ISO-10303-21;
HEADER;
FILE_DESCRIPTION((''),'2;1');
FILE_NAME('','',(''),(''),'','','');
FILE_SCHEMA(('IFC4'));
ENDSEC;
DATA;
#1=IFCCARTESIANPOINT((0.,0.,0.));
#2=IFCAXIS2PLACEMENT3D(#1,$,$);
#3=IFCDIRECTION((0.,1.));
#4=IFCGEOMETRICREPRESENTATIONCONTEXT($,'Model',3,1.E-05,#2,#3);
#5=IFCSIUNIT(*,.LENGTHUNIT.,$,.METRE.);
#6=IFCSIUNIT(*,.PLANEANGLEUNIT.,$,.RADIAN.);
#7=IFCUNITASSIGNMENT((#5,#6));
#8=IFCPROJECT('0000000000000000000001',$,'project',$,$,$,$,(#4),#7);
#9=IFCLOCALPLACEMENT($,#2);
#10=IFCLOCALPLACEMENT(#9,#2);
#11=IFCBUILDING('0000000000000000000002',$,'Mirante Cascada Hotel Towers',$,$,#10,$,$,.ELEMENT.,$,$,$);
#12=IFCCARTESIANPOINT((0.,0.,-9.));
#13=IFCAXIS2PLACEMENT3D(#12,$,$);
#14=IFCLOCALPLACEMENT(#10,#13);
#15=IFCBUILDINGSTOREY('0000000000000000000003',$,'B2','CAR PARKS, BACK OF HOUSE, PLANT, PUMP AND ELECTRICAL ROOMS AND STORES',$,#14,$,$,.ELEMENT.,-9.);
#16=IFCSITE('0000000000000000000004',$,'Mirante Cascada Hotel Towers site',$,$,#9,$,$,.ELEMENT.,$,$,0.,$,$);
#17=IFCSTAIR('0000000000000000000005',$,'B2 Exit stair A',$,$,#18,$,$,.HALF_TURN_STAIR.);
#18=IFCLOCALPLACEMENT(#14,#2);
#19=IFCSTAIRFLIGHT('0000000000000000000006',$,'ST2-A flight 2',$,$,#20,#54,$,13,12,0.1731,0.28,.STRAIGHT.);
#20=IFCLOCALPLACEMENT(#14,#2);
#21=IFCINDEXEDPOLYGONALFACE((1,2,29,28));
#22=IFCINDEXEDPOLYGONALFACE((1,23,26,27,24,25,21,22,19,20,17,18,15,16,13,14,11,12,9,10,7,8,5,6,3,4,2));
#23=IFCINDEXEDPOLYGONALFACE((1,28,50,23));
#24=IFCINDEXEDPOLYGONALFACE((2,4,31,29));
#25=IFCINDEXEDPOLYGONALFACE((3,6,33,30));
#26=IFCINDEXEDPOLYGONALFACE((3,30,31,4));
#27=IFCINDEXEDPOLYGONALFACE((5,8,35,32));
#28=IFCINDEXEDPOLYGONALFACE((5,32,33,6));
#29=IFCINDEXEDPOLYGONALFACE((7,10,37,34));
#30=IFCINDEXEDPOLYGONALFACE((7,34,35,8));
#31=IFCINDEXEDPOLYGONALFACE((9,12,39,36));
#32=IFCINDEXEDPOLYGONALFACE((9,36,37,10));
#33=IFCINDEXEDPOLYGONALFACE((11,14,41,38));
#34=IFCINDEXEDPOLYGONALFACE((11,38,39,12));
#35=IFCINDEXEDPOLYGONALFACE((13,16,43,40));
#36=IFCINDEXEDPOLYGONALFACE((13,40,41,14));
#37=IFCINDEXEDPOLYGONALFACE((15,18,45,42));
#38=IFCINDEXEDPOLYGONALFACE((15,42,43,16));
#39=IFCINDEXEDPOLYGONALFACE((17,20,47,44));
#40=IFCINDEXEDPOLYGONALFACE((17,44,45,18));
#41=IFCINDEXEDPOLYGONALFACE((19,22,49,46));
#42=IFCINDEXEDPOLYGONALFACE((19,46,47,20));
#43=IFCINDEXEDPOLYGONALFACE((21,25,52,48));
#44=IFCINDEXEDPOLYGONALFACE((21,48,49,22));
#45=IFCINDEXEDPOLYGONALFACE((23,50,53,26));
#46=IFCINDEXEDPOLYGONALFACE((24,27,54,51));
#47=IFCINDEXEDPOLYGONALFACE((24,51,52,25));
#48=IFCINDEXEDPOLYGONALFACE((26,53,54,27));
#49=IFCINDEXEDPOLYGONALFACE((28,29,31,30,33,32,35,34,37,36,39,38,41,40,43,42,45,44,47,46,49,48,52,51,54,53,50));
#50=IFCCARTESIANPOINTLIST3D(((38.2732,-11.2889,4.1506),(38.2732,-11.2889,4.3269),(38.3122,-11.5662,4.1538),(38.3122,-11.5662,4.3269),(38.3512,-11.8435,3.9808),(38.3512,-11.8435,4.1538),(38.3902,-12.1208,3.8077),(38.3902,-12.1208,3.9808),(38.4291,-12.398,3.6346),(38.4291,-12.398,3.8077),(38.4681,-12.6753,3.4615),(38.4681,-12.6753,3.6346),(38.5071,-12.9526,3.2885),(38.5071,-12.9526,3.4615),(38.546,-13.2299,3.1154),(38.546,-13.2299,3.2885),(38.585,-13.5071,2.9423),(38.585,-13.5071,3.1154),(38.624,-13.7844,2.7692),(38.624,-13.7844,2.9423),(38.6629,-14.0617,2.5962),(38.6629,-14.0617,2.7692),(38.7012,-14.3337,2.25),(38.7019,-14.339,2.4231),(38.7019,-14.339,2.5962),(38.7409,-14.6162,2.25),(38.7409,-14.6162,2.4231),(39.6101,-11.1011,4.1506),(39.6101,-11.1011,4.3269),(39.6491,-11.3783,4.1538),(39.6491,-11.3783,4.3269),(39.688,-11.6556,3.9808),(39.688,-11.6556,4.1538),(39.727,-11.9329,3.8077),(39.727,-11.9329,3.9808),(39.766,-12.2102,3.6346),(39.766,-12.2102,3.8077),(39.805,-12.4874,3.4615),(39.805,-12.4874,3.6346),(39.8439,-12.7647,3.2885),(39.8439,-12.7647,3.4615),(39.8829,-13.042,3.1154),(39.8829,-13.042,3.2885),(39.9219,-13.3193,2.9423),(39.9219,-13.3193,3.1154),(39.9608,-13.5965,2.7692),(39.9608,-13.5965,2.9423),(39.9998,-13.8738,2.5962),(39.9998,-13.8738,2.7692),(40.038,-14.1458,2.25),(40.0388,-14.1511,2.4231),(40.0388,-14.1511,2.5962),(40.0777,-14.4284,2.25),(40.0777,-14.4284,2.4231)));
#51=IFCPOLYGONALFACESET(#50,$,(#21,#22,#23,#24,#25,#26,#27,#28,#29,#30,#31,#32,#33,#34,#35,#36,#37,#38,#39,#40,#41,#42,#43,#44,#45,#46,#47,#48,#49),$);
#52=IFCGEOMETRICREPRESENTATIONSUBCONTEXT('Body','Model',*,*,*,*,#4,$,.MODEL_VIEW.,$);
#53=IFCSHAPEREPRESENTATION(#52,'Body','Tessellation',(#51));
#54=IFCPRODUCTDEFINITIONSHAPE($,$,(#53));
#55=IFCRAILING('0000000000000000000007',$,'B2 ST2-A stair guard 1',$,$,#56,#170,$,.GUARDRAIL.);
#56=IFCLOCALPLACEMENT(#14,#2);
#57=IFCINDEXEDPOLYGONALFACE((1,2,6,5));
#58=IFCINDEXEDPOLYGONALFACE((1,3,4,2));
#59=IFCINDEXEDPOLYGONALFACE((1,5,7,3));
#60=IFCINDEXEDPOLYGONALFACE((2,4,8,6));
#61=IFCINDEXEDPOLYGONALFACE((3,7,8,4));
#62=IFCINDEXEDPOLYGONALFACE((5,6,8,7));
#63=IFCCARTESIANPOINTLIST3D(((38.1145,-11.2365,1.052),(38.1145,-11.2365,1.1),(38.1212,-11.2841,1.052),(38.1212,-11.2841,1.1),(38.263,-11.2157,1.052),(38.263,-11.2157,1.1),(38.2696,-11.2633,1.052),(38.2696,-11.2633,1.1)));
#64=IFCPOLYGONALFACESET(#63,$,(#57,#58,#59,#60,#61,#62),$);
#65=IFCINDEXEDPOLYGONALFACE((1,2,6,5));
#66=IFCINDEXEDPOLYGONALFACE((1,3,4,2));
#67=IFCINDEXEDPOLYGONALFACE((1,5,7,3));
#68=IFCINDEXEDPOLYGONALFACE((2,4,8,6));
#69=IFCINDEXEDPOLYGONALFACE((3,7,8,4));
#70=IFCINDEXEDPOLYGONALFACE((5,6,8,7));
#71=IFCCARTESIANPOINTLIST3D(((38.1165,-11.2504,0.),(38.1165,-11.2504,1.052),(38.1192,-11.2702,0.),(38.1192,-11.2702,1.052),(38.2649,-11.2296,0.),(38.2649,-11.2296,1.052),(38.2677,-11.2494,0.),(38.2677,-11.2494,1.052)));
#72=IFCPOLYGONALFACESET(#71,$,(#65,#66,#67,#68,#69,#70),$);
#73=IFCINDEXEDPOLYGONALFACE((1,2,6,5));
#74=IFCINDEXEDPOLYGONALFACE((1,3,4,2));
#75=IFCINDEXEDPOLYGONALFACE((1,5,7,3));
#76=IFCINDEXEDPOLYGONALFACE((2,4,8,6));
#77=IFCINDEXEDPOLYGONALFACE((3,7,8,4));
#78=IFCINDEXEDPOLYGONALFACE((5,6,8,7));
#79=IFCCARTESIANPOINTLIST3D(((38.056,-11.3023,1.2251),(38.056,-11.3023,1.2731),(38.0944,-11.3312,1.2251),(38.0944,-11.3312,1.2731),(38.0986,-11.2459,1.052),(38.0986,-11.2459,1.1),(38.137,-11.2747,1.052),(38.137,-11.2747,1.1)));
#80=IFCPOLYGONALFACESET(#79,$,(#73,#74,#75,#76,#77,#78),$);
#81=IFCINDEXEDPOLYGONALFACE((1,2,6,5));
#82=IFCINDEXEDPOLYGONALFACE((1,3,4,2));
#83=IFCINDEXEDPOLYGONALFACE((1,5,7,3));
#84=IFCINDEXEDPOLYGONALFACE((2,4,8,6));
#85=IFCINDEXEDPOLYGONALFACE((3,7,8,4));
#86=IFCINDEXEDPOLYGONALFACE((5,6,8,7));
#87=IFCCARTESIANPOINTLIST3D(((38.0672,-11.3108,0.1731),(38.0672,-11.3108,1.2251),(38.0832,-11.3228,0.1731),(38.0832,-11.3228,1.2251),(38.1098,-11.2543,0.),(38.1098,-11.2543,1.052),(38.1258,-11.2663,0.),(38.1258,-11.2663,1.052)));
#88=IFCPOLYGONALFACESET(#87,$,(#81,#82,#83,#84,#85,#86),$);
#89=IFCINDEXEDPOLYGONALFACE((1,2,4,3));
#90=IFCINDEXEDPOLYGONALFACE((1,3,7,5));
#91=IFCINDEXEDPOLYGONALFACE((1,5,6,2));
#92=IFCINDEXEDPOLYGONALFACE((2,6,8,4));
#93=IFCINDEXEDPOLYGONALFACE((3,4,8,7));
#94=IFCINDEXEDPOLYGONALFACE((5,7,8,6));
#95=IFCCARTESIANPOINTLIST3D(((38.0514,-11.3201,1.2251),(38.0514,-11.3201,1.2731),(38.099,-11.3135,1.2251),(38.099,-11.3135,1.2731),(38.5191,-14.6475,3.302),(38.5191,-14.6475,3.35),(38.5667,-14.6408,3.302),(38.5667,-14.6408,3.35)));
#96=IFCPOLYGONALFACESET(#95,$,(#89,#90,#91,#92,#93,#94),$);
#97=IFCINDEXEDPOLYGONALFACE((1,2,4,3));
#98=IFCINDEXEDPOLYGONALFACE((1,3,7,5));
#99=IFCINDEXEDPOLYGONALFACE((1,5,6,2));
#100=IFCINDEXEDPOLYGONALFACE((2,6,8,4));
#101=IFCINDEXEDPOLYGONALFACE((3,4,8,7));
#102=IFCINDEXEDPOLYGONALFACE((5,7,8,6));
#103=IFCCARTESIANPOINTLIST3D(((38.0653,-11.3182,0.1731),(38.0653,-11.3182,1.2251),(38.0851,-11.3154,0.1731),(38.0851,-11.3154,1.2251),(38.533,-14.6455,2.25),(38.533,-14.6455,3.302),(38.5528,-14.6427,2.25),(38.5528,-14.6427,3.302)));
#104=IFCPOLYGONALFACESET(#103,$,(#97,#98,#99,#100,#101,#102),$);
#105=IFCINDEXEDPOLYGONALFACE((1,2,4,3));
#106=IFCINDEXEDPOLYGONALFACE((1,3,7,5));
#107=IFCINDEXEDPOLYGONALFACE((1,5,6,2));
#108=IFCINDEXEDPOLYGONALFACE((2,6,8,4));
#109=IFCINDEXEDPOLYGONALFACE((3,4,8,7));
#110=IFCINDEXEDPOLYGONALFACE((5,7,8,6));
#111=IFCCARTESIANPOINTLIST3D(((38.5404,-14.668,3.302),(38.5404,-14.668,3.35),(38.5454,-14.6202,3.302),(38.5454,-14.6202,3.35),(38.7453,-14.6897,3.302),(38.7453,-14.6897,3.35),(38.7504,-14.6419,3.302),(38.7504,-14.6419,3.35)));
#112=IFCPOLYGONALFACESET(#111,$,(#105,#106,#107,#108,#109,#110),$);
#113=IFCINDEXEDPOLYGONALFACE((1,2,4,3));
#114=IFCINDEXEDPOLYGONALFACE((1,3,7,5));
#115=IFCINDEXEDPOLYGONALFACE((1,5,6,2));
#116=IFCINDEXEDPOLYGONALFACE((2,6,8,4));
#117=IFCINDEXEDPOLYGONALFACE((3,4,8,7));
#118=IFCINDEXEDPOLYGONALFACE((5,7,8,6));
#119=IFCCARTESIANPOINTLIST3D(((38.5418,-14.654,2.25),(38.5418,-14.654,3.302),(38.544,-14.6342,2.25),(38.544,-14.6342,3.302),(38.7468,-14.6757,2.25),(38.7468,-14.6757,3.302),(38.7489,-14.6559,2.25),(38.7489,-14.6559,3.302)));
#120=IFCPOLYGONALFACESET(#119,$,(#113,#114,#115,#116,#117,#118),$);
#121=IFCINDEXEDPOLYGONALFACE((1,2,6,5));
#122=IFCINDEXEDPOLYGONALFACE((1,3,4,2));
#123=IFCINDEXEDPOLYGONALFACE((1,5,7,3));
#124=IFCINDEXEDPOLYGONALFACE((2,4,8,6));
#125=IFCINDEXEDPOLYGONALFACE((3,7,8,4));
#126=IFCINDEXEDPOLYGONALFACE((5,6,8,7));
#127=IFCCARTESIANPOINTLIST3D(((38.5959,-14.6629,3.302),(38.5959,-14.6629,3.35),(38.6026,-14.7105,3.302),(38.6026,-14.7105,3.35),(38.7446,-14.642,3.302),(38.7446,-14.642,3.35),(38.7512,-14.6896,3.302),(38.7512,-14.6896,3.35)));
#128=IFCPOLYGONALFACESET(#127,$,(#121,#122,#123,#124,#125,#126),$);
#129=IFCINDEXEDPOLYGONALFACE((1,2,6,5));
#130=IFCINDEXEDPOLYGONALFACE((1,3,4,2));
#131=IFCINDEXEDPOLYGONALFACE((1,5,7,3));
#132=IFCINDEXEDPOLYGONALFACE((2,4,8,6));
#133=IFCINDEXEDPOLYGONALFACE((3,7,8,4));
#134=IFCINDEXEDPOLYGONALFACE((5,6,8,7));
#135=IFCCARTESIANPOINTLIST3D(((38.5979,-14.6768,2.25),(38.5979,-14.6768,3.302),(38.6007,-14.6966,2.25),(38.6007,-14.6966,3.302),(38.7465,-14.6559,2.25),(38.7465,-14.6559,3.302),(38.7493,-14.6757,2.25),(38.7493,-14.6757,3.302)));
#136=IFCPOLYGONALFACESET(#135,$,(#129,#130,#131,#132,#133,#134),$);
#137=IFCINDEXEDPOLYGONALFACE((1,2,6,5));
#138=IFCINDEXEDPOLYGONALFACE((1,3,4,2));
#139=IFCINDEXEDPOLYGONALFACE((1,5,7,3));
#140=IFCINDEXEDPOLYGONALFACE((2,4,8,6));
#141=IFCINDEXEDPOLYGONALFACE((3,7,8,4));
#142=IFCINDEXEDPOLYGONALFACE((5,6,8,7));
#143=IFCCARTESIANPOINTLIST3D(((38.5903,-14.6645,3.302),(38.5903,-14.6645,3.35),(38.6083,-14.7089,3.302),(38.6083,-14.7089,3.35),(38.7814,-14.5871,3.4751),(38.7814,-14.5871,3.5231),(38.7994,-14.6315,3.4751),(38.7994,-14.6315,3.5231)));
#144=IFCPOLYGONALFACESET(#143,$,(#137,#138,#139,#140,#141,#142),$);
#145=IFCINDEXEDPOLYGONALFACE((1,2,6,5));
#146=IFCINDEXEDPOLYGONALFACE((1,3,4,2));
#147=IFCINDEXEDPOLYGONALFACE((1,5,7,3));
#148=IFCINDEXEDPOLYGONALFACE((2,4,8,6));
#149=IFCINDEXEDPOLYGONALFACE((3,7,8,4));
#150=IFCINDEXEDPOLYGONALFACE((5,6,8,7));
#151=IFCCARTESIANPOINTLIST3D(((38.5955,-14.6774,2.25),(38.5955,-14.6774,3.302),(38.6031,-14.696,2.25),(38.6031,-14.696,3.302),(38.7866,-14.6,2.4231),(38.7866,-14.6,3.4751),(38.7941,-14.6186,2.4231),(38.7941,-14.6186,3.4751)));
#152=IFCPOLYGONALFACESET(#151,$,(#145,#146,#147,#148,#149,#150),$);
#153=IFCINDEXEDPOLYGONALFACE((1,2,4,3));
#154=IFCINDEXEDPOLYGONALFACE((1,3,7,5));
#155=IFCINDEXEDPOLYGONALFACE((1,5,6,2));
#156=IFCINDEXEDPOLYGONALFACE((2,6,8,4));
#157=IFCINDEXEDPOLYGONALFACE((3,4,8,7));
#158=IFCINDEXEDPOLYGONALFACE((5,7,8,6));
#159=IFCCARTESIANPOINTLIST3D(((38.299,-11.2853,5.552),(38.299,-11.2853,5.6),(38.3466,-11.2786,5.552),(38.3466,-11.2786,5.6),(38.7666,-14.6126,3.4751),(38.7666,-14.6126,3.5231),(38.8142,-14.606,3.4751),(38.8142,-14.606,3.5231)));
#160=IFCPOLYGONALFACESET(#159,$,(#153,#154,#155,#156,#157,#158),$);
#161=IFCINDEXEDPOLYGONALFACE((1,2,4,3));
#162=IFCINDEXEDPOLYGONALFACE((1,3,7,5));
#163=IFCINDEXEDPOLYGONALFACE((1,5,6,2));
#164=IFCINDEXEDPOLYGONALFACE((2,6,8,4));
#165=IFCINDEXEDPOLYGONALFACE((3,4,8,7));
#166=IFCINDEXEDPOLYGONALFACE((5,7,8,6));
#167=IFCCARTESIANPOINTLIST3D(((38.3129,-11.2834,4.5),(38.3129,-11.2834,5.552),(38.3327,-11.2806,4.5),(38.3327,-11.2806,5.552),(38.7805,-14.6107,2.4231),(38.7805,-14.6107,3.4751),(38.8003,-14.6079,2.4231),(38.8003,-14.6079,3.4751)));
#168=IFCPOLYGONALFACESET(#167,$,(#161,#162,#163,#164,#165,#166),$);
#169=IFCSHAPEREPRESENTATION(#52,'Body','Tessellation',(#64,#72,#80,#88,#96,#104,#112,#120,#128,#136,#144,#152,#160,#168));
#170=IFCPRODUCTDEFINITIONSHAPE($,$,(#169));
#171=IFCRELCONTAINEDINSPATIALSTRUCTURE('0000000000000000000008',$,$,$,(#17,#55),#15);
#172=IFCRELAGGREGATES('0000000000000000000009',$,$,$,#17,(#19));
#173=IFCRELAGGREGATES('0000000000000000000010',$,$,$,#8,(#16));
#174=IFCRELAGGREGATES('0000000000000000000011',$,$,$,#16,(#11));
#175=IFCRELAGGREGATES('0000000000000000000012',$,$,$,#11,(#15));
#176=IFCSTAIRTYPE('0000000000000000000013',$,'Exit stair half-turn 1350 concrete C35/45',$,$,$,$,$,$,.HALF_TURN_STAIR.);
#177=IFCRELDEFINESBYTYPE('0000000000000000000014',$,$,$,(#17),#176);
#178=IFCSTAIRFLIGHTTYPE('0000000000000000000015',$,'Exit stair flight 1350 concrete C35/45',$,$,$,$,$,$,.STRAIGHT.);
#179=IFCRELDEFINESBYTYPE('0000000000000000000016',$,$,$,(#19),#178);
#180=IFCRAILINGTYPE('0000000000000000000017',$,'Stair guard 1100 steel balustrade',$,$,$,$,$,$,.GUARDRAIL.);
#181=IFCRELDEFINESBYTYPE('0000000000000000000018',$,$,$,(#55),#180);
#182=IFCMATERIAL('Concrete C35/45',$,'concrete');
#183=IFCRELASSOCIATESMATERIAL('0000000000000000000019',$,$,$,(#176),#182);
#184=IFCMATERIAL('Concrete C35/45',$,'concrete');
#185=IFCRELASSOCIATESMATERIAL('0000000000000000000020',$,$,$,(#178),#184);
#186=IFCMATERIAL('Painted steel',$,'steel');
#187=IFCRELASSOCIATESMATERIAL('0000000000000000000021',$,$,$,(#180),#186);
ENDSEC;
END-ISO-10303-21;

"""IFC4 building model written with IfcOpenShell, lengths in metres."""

from ifc_helpers import new_model, si_unit, direction, frame, origin, origin_2d, place, context, subcontext, project, spatial, polyline, rectangle, outline, extrude, material, type_object, element, aggregate, save


model = new_model("IFC4")

# Units and contexts
model_context = context("Model", 3, precision=1e-05, world=origin(), true_north=direction((0.0, 1.0)))
body_context = subcontext(model_context, "Body", "Model", "MODEL_VIEW")
ifc_project = project(units=[si_unit("LENGTHUNIT", "METRE"), si_unit("PLANEANGLEUNIT", "RADIAN")], contexts=[model_context])

# Site, building, storey
site_placement = place(None, origin())
site = spatial("IfcSite", under=ifc_project, at=site_placement, Name="Mirante Cascada Hotel Towers site", CompositionType="ELEMENT", RefElevation=0.0)
building_placement = place(site_placement, origin())
building = spatial("IfcBuilding", under=site, at=building_placement, Name="Mirante Cascada Hotel Towers", CompositionType="ELEMENT")
storey_placement = place(building_placement, frame((0.0, 0.0, -9.0)))
storey = spatial("IfcBuildingStorey", under=building, at=storey_placement, Name="B2", Description="CAR PARKS, BACK OF HOUSE, PLANT, PUMP AND ELECTRICAL ROOMS AND STORES", CompositionType="ELEMENT", Elevation=-9.0)

# Stair, stair flight
ifc_material_1 = material(Name="Concrete C35/45", Category="concrete")
stair_type = type_object("IfcStairType", Name="Exit stair half-turn 1350 concrete C35/45", PredefinedType="HALF_TURN_STAIR", material=ifc_material_1)
stair_placement = place(storey_placement, origin())
stair = element("IfcStair", 1, at=stair_placement, inside=storey, type_object=stair_type, Name="B2 Exit stair A", PredefinedType="HALF_TURN_STAIR")
ifc_material_2 = material(Name="Concrete C35/45", Category="concrete")
stair_flight_type = type_object("IfcStairFlightType", Name="Exit stair flight 1350 concrete C35/45", PredefinedType="STRAIGHT", material=ifc_material_2)
stair_flight_1_placement = place(storey_placement, frame((39.4093, -14.5223, 2.25), z_axis=(0.0, 0.0, 1.0), x_axis=(-0.139173, 0.990268, 0.0)))
stair_flight_1 = element("IfcStairFlight", 2, at=stair_flight_1_placement, type_object=stair_flight_type, Name="ST2-A flight 2", NumberOfRisers=13, NumberOfTreads=12, PredefinedType="STRAIGHT", RiserHeight=0.1731, TreadLength=0.28, context=body_context, shape_type="SweptSolid", body=[
    extrude(outline(polyline([(0.0, 0.0), (0.0, 0.1731), (0.28, 0.1731), (0.28, 0.3462), (0.56, 0.3462), (0.56, 0.5192), (0.84, 0.5192), (0.84, 0.6923), (1.12, 0.6923), (1.12, 0.8654), (1.4, 0.8654), (1.4, 1.0385), (1.68, 1.0385), (1.68, 1.2115), (1.96, 1.2115), (1.96, 1.3846), (2.24, 1.3846), (2.24, 1.5577), (2.52, 1.5577), (2.52, 1.7308), (2.8, 1.7308), (2.8, 1.9038), (3.08, 1.9038), (3.08, 2.0769), (3.36, 2.0769), (3.36, 2.25), (3.36, 1.9006), (0.2853, 0.0), (0.0, 0.0)])), frame((0.0, 0.675, 0.0), z_axis=(0.0, -1.0, 0.0), x_axis=(1.0, 0.0, 0.0)), (0.0, 0.0, 1.0), 1.35),
])
aggregate(stair, [stair_flight_1])

# Railing
ifc_material_3 = material(Name="Painted steel", Category="steel")
railing_type_1 = type_object("IfcRailingType", Name="Stair guard 1100 steel balustrade", PredefinedType="GUARDRAIL", material=ifc_material_3)
railing_1_placement = place(storey_placement, frame((38.2663, -11.2395, 0.0)))
element("IfcRailing", 3, at=railing_1_placement, inside=storey, type_object=railing_type_1, Name="B2 ST2-A stair guard 1", PredefinedType="GUARDRAIL", context=body_context, shape_type="SweptSolid", body=[
    extrude(rectangle(XDim=0.048, YDim=0.048, at=origin_2d()), frame((0.0, 0.0, 1.076), z_axis=(-0.990333, -0.138713, 0.0), x_axis=(0.138713, -0.990333, 0.0)), (0.0, 0.0, 1.0), 0.1499),
    extrude(rectangle(XDim=0.02, YDim=1.052, at=origin_2d()), frame((0.0, 0.0, 0.526), z_axis=(-0.990333, -0.138713, 0.0), x_axis=(0.138713, -0.990333, 0.0)), (0.0, 0.0, 1.0), 0.1499),
    extrude(rectangle(XDim=0.048, YDim=0.048, at=origin_2d()), frame((-0.1485, -0.0208, 1.076), z_axis=(-0.602033, -0.798471, 0.0), x_axis=(0.798471, -0.602033, 0.0)), (0.0, 0.925647, 0.378388), 0.187),
    extrude(rectangle(XDim=0.02, YDim=1.052, at=origin_2d()), frame((-0.1485, -0.0208, 0.526), z_axis=(-0.602033, -0.798471, 0.0), x_axis=(0.798471, -0.602033, 0.0)), (0.0, 0.925647, 0.378388), 0.187),
    extrude(rectangle(XDim=0.048, YDim=0.048, at=origin_2d()), frame((-0.1911, -0.0773, 1.2491), z_axis=(0.139196, -0.990265, 0.0), x_axis=(0.990265, 0.139196, 0.0)), (0.0, 0.525786, 0.850617), 3.9501),
    extrude(rectangle(XDim=0.02, YDim=1.052, at=origin_2d()), frame((-0.1911, -0.0773, 0.6991), z_axis=(0.139196, -0.990265, 0.0), x_axis=(0.990265, 0.139196, 0.0)), (0.0, 0.525786, 0.850617), 3.9501),
    extrude(rectangle(XDim=0.048, YDim=0.048, at=origin_2d()), frame((0.2766, -3.4046, 3.326), z_axis=(0.994444, -0.105266, 0.0), x_axis=(0.105266, 0.994444, 0.0)), (0.0, 0.0, 1.0), 0.2061),
    extrude(rectangle(XDim=0.02, YDim=1.052, at=origin_2d()), frame((0.2766, -3.4046, 2.776), z_axis=(0.994444, -0.105266, 0.0), x_axis=(0.105266, 0.994444, 0.0)), (0.0, 0.0, 1.0), 0.2061),
    extrude(rectangle(XDim=0.048, YDim=0.048, at=origin_2d()), frame((0.4816, -3.4263, 3.326), z_axis=(-0.990254, -0.139275, 0.0), x_axis=(0.139275, -0.990254, 0.0)), (0.0, 0.0, 1.0), 0.1501),
    extrude(rectangle(XDim=0.02, YDim=1.052, at=origin_2d()), frame((0.4816, -3.4263, 2.776), z_axis=(-0.990254, -0.139275, 0.0), x_axis=(0.139275, -0.990254, 0.0)), (0.0, 0.0, 1.0), 0.1501),
    extrude(rectangle(XDim=0.048, YDim=0.048, at=origin_2d()), frame((0.333, -3.4472, 3.326), z_axis=(0.926862, 0.375401, 0.0), x_axis=(-0.375401, 0.926862, 0.0)), (0.0, 0.642994, 0.765871), 0.2692),
    extrude(rectangle(XDim=0.02, YDim=1.052, at=origin_2d()), frame((0.333, -3.4472, 2.776), z_axis=(0.926862, 0.375401, 0.0), x_axis=(-0.375401, 0.926862, 0.0)), (0.0, 0.642994, 0.765871), 0.2692),
    extrude(rectangle(XDim=0.048, YDim=0.048, at=origin_2d()), frame((0.5241, -3.3698, 3.4991), z_axis=(-0.139167, 0.990269, 0.0), x_axis=(-0.990269, -0.139167, 0.0)), (0.0, 0.525787, 0.850616), 3.9501),
    extrude(rectangle(XDim=0.02, YDim=1.052, at=origin_2d()), frame((0.5241, -3.3698, 2.9491), z_axis=(-0.139167, 0.990269, 0.0), x_axis=(-0.990269, -0.139167, 0.0)), (0.0, 0.525787, 0.850616), 3.9501),
])

save(model, "model.ifc")
